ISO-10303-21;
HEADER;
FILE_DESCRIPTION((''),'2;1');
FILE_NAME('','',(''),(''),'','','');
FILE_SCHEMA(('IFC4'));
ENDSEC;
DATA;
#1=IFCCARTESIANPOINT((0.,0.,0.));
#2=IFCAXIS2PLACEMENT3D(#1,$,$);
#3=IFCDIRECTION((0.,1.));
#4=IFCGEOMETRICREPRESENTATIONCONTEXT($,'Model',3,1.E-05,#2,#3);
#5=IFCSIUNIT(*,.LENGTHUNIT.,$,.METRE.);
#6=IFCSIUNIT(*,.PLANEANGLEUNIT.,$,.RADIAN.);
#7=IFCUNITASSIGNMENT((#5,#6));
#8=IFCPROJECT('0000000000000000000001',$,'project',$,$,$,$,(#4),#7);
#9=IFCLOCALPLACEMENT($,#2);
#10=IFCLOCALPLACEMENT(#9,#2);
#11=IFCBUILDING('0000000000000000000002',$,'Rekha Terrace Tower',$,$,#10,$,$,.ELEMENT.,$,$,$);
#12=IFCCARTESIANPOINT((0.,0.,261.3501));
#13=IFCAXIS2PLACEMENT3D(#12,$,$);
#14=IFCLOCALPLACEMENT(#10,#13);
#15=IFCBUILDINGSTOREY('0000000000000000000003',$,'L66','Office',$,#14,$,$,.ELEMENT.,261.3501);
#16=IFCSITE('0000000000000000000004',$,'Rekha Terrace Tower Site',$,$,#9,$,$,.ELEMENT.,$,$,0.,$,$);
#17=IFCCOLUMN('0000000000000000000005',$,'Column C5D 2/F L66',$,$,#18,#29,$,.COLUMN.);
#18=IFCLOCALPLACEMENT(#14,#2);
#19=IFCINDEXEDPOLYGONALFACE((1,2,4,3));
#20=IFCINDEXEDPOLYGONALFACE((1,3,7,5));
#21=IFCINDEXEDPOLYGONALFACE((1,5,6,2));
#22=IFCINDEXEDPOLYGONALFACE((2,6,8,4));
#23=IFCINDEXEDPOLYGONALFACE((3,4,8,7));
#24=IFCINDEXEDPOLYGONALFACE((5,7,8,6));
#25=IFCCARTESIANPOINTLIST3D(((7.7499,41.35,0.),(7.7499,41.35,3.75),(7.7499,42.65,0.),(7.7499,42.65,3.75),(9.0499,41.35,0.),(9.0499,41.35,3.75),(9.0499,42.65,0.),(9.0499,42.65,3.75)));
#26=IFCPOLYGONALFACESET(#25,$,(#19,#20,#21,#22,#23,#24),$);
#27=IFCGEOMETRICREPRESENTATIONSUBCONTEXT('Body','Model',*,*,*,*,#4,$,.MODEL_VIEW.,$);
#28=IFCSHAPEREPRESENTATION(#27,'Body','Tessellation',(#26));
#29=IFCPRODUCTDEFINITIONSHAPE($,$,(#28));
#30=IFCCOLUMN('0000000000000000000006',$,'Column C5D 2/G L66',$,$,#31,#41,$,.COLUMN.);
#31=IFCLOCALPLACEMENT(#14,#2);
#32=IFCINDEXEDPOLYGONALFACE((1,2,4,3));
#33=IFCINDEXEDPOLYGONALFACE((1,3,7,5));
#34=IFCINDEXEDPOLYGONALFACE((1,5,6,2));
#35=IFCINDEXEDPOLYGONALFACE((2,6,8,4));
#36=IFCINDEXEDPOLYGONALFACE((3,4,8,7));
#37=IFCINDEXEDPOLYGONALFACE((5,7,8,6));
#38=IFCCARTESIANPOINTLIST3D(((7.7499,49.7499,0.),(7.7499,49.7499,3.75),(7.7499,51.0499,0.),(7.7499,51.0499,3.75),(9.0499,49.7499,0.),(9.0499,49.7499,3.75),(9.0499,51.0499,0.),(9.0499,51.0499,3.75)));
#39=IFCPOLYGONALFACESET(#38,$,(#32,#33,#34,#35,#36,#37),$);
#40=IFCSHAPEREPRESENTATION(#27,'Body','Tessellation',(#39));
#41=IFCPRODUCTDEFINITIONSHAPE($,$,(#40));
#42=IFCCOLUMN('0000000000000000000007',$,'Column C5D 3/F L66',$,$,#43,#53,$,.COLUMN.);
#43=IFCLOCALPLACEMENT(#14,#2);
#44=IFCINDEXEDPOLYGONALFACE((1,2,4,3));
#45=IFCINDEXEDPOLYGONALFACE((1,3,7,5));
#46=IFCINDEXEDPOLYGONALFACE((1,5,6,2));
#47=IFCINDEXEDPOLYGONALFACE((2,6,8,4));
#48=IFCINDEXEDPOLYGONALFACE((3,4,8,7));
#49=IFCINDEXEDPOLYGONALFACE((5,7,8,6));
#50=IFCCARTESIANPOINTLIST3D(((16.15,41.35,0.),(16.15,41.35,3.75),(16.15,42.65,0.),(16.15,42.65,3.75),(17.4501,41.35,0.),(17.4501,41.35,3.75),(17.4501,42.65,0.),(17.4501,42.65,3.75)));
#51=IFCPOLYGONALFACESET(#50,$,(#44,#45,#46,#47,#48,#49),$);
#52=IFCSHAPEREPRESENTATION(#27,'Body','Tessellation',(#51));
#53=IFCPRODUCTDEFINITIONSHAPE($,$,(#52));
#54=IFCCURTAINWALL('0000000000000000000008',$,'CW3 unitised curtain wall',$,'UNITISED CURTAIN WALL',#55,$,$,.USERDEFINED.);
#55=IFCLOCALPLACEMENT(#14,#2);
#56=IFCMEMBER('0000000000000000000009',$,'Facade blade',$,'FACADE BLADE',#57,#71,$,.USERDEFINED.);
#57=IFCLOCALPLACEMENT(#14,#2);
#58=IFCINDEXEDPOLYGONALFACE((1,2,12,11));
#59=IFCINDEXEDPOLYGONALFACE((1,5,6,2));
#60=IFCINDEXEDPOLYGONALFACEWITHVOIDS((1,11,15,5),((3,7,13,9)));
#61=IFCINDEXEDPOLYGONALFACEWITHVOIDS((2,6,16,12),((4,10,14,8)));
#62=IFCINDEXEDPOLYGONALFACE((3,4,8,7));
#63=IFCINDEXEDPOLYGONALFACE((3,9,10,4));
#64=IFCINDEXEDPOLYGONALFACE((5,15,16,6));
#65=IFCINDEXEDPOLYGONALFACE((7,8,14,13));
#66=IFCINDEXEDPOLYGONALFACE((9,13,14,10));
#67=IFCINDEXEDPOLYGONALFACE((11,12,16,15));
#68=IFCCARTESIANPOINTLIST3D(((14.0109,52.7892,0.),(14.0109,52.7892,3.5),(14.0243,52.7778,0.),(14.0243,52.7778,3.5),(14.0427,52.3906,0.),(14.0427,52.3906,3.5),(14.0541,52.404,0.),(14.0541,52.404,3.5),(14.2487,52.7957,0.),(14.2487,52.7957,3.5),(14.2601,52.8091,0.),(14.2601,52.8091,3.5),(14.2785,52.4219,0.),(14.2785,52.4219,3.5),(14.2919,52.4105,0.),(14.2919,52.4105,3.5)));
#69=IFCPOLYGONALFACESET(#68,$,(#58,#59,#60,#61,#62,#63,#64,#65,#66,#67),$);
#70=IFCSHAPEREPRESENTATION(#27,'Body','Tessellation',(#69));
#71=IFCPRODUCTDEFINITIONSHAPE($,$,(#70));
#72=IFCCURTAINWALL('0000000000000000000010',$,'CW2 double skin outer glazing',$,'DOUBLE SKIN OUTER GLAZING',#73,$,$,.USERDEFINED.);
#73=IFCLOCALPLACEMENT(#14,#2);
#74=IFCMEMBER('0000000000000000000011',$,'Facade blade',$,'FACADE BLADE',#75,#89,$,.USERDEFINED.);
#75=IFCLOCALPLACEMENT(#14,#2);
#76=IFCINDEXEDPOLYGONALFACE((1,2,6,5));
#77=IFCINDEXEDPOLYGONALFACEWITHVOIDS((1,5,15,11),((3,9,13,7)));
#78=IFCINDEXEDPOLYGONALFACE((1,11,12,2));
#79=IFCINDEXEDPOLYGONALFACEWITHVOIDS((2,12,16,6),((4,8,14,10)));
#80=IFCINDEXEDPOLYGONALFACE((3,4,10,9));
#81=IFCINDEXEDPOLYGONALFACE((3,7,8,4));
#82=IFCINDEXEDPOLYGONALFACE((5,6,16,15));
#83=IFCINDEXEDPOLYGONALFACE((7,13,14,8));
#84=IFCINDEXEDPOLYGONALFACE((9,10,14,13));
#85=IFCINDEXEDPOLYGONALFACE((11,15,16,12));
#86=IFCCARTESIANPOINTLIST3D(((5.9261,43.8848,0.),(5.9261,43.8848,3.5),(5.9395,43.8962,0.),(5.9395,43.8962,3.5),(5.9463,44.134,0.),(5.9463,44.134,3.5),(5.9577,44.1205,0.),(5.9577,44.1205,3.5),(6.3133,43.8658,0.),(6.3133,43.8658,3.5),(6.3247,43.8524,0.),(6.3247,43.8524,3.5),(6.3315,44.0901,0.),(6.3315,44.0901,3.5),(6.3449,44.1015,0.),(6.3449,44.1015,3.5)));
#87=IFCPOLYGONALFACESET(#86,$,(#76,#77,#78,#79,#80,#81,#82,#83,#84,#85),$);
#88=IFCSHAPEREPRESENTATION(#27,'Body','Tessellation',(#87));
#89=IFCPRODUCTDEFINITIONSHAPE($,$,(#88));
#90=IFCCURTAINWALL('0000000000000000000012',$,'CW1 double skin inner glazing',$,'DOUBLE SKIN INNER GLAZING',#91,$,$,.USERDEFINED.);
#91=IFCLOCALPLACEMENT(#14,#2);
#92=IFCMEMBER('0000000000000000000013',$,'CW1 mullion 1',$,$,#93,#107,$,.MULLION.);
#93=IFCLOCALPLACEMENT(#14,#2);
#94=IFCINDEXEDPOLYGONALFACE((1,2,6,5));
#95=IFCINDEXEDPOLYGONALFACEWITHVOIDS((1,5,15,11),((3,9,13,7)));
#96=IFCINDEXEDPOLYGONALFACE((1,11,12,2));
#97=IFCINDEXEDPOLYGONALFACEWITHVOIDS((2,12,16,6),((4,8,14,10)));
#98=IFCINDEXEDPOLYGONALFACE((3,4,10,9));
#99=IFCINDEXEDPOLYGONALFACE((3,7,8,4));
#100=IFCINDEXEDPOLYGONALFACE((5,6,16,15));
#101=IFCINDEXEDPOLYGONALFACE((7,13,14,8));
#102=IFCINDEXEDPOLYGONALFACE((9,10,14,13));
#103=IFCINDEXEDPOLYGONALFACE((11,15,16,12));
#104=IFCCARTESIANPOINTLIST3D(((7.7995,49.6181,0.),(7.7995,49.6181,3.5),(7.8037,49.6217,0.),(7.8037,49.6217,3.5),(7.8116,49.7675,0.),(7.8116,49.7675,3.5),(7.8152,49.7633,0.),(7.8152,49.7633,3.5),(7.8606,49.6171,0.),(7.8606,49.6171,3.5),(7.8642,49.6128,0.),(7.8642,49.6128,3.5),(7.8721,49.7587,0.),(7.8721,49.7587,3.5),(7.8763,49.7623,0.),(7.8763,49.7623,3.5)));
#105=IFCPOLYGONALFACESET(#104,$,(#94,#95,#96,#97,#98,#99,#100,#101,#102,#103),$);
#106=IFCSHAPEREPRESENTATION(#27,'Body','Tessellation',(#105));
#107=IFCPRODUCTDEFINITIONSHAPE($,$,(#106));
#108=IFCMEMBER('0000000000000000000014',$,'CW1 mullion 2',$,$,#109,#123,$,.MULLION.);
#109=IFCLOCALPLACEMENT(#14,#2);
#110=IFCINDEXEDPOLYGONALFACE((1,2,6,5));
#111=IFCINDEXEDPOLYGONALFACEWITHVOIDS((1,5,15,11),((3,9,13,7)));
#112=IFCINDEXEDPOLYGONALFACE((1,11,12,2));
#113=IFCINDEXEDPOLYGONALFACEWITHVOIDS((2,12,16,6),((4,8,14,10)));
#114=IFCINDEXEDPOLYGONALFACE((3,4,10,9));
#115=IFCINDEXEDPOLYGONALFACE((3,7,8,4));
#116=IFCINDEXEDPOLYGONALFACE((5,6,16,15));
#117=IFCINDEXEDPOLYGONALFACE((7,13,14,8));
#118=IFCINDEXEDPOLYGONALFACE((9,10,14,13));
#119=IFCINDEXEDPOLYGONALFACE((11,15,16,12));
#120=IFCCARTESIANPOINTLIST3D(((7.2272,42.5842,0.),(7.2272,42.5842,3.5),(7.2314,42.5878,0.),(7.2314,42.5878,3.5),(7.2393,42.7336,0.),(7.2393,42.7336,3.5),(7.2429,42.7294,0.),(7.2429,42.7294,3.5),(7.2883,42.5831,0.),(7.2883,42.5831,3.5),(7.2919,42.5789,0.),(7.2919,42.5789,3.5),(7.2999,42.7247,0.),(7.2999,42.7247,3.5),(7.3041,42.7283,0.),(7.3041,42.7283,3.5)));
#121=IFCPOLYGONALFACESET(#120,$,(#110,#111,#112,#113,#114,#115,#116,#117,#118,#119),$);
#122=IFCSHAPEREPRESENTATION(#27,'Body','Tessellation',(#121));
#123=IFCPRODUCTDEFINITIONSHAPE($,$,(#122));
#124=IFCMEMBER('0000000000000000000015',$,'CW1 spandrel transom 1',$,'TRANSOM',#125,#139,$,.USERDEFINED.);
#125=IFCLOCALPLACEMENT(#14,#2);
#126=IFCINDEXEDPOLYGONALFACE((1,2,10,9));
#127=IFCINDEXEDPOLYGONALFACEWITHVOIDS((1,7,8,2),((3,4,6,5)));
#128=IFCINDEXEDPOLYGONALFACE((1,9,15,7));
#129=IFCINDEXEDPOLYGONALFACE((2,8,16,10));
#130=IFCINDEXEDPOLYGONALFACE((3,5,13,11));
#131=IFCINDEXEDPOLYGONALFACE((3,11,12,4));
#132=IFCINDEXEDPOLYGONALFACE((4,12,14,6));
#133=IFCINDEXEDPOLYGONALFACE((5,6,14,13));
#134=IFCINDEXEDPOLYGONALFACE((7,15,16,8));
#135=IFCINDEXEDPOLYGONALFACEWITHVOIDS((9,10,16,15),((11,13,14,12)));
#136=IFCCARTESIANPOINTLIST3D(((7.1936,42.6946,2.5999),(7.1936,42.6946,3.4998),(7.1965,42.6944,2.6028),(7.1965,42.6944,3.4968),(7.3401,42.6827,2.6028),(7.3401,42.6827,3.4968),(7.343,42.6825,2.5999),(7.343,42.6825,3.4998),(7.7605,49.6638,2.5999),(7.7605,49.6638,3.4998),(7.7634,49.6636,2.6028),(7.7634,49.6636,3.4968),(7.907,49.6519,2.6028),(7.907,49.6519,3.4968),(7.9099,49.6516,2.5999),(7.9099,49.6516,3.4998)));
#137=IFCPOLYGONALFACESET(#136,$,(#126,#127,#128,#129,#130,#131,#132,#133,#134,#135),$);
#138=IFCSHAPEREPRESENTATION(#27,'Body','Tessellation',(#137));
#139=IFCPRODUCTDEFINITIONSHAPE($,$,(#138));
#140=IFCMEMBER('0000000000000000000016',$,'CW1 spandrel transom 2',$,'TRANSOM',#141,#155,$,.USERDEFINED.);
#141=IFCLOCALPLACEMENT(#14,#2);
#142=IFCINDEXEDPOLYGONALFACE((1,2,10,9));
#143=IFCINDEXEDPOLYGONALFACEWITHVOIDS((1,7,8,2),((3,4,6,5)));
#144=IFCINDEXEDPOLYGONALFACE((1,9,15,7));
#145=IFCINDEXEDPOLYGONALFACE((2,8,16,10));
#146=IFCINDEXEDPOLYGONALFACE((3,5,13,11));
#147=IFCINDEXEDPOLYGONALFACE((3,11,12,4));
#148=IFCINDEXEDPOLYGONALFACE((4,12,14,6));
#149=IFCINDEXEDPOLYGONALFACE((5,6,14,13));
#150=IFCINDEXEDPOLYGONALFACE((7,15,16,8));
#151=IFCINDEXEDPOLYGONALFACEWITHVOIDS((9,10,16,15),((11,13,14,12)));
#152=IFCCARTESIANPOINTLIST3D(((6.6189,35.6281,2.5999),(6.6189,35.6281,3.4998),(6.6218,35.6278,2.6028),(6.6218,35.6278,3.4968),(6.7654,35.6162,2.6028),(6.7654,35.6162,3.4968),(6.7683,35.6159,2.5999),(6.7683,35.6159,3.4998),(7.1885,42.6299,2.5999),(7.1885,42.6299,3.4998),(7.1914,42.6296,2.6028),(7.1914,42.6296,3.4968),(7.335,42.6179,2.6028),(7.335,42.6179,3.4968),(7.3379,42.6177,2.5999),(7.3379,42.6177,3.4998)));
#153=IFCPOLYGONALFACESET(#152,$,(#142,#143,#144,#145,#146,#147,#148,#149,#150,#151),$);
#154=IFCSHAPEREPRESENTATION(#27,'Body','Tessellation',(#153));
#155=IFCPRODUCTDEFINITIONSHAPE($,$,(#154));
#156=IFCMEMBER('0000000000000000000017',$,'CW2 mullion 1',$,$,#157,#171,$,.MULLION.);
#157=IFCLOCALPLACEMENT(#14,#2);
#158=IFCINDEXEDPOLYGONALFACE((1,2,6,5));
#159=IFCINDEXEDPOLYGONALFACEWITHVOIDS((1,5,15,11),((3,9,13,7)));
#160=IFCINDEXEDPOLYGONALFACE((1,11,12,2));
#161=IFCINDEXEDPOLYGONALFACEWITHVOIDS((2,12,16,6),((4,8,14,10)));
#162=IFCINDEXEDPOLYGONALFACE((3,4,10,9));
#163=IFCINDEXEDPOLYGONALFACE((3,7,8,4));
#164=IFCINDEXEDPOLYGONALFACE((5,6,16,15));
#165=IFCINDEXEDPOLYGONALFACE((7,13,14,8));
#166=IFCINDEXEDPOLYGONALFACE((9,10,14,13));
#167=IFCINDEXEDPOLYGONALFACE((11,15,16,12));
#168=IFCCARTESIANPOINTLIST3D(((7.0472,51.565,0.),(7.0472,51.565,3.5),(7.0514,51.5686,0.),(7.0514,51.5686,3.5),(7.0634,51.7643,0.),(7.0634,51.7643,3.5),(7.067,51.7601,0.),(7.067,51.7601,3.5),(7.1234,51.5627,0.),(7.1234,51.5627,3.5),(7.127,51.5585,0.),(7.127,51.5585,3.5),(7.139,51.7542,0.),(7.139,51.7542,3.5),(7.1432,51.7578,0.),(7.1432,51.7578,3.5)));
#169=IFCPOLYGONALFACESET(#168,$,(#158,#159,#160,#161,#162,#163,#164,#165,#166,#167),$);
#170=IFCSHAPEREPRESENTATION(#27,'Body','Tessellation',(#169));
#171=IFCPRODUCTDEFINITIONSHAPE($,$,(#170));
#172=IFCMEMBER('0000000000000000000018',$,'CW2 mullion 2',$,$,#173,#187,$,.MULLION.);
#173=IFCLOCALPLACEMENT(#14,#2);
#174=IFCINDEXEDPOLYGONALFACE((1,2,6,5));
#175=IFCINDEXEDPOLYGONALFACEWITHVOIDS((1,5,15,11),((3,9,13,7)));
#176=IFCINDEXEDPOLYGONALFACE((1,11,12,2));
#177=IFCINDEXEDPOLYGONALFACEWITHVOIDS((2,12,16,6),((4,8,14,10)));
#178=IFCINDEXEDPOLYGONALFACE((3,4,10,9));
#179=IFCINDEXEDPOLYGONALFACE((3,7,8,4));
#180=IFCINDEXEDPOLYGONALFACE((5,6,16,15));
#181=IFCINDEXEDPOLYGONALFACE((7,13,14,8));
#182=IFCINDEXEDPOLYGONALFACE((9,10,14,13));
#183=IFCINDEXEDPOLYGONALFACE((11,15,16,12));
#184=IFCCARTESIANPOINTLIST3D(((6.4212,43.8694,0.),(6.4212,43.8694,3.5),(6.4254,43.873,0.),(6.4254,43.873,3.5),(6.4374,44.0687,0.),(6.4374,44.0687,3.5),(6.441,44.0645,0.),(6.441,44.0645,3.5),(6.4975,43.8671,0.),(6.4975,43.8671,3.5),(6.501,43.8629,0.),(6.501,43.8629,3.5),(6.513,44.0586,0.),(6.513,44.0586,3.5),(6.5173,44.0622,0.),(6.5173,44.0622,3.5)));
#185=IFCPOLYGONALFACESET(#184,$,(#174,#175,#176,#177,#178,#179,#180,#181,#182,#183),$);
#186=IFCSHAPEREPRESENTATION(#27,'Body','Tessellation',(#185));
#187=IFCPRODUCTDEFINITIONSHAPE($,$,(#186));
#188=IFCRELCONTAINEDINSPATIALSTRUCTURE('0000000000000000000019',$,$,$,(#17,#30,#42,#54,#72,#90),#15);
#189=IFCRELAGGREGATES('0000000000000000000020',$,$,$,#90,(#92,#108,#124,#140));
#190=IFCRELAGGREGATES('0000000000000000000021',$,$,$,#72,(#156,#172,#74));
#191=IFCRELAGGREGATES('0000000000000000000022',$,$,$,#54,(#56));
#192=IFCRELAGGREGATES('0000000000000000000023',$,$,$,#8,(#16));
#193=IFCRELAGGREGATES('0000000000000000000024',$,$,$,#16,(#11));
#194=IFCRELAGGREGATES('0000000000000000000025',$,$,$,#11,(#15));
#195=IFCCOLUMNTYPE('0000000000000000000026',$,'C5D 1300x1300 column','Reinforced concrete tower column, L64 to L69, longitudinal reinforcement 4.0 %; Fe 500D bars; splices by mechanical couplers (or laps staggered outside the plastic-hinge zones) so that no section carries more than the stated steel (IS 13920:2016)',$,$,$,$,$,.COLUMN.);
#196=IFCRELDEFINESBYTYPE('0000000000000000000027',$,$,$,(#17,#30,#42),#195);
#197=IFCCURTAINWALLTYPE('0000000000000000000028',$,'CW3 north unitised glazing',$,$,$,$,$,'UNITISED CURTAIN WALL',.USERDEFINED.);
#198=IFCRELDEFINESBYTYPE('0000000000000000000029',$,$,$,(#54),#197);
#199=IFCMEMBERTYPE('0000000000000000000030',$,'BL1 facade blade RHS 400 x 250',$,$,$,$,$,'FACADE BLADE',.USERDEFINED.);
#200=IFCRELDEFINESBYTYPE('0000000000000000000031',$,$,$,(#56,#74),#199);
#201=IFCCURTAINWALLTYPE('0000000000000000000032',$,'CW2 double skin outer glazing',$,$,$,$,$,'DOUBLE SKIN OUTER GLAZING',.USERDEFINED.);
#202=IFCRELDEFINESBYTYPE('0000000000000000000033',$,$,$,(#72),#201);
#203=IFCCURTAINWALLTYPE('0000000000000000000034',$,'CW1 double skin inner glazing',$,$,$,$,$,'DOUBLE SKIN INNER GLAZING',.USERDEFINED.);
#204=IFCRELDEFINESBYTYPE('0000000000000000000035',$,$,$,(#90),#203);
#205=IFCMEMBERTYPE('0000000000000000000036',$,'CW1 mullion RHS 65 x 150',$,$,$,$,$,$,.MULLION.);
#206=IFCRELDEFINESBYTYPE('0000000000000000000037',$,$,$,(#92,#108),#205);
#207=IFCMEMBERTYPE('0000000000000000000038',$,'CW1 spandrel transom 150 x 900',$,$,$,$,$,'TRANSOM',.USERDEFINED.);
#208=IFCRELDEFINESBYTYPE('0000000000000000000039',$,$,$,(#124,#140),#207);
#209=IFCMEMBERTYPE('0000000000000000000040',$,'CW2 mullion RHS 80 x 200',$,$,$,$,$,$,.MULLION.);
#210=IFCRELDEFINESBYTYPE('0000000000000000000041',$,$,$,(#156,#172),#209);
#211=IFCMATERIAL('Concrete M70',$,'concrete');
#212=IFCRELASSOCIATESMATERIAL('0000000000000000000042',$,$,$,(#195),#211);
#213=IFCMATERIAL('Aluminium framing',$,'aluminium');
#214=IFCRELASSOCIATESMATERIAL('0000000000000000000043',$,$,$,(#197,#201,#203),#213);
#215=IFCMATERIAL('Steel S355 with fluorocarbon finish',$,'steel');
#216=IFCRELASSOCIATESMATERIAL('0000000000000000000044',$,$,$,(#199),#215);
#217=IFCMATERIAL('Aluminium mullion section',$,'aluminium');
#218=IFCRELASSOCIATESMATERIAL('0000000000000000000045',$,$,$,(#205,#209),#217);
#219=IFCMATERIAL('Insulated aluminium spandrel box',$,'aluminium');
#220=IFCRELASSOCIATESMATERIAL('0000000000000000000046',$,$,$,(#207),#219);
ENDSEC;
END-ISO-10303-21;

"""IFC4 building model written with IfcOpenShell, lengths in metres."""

from ifc_helpers import new_model, si_unit, direction, frame, origin, origin_2d, place, context, subcontext, project, spatial, rectangle, hollow_rectangle, extrude, material, material_profile, profile_set, type_object, element, aggregate, save


model = new_model("IFC4")

# Units and contexts
model_context = context("Model", 3, precision=1e-05, world=origin(), true_north=direction((0.0, 1.0)))
body_context = subcontext(model_context, "Body", "Model", "MODEL_VIEW")
ifc_project = project(units=[si_unit("LENGTHUNIT", "METRE"), si_unit("PLANEANGLEUNIT", "RADIAN")], contexts=[model_context])

# Site, building, storey
site_placement = place(None, origin())
site = spatial("IfcSite", under=ifc_project, at=site_placement, Name="Rekha Terrace Tower Site", CompositionType="ELEMENT", RefElevation=0.0)
building_placement = place(site_placement, origin())
building = spatial("IfcBuilding", under=site, at=building_placement, Name="Rekha Terrace Tower", CompositionType="ELEMENT")
storey_placement = place(building_placement, frame((0.0, 0.0, 261.3501)))
storey = spatial("IfcBuildingStorey", under=building, at=storey_placement, Name="L66", Description="Office", CompositionType="ELEMENT", Elevation=261.3501)

# Columns
ifc_material_1 = material(Name="Concrete M70", Category="concrete")
ifc_material_profile_1 = material_profile(ifc_material_1, rectangle(XDim=1.3, YDim=1.3, at=origin_2d()), Name="RC 1300x1300")
ifc_profile_set_1 = profile_set([ifc_material_profile_1], Name="Concrete M70")
column_type = type_object("IfcColumnType", Name="C5D 1300x1300 column", Description="Reinforced concrete tower column, L64 to L69, longitudinal reinforcement 4.0 %; Fe 500D bars; splices by mechanical couplers (or laps staggered outside the plastic-hinge zones) so that no section carries more than the stated steel (IS 13920:2016)", PredefinedType="COLUMN", material=ifc_profile_set_1)
for number, where, z_axis, x_axis, name in (
    (1, (8.3999, 42.0, 0.0), (0.0, 0.0, 1.0), (1.0, 0.0, 0.0), "Column C5D 2/F L66"),
    (2, (8.3999, 50.3999, 0.0), (0.0, 0.0, 1.0), (1.0, 0.0, 0.0), "Column C5D 2/G L66"),
    (3, (16.8, 42.0, 0.0), (0.0, 0.0, 1.0), (1.0, 0.0, 0.0), "Column C5D 3/F L66"),
):
    element("IfcColumn", number, at=place(storey_placement, frame(where, z_axis=z_axis, x_axis=x_axis)), inside=storey, type_object=column_type, Name=name, PredefinedType="COLUMN", context=body_context, shape_type="SweptSolid", body=[
        extrude(rectangle(XDim=1.3, YDim=1.3, at=origin_2d()), origin(), (0.0, 0.0, 1.0), 3.75),
    ])

# Curtain walls, members
ifc_material_2 = material(Name="Aluminium framing", Category="aluminium")
curtain_wall_type_1 = type_object("IfcCurtainWallType", Name="CW3 north unitised glazing", ElementType="UNITISED CURTAIN WALL", PredefinedType="USERDEFINED", material=ifc_material_2)
curtain_wall_1_placement = place(storey_placement, origin())
curtain_wall_1 = element("IfcCurtainWall", 4, at=curtain_wall_1_placement, inside=storey, type_object=curtain_wall_type_1, Name="CW3 unitised curtain wall", ObjectType="UNITISED CURTAIN WALL", PredefinedType="USERDEFINED")
ifc_material_3 = material(Name="Steel S355 with fluorocarbon finish", Category="steel")
ifc_material_profile_2 = material_profile(ifc_material_3, hollow_rectangle(XDim=0.25, YDim=0.3999, WallThickness=0.0125, at=origin_2d()), Name="RHS400x250x12.5")
ifc_profile_set_2 = profile_set([ifc_material_profile_2], Name="Steel S355 with fluorocarbon finish")
member_type_1 = type_object("IfcMemberType", Name="BL1 facade blade RHS 400 x 250", ElementType="FACADE BLADE", PredefinedType="USERDEFINED", material=ifc_profile_set_2)
member_1_placement = place(storey_placement, frame((14.1514, 52.5999, 0.0), z_axis=(0.0, 0.0, 1.0), x_axis=(-0.996836, -0.079486, 0.0)))
member_1 = element("IfcMember", 5, at=member_1_placement, type_object=member_type_1, Name="Facade blade", ObjectType="FACADE BLADE", PredefinedType="USERDEFINED", context=body_context, shape_type="SweptSolid", body=[
    extrude(hollow_rectangle(XDim=0.25, YDim=0.3999, WallThickness=0.0125, at=origin_2d()), origin(), (0.0, 0.0, 1.0), 3.5),
])
curtain_wall_type_2 = type_object("IfcCurtainWallType", Name="CW2 double skin outer glazing", ElementType="DOUBLE SKIN OUTER GLAZING", PredefinedType="USERDEFINED", material=ifc_material_2)
curtain_wall_2_placement = place(storey_placement, origin())
curtain_wall_2 = element("IfcCurtainWall", 6, at=curtain_wall_2_placement, inside=storey, type_object=curtain_wall_type_2, Name="CW2 double skin outer glazing", ObjectType="DOUBLE SKIN OUTER GLAZING", PredefinedType="USERDEFINED")
member_2_placement = place(storey_placement, frame((6.1355, 43.9932, 0.0), z_axis=(0.0, 0.0, 1.0), x_axis=(-0.081069, -0.996709, 0.0)))
member_2 = element("IfcMember", 7, at=member_2_placement, type_object=member_type_1, Name="Facade blade", ObjectType="FACADE BLADE", PredefinedType="USERDEFINED", context=body_context, shape_type="SweptSolid", body=[
    extrude(hollow_rectangle(XDim=0.25, YDim=0.3999, WallThickness=0.0125, at=origin_2d()), origin(), (0.0, 0.0, 1.0), 3.5),
])

# Curtain wall, members
curtain_wall_type_3 = type_object("IfcCurtainWallType", Name="CW1 double skin inner glazing", ElementType="DOUBLE SKIN INNER GLAZING", PredefinedType="USERDEFINED", material=ifc_material_2)
curtain_wall_3_placement = place(storey_placement, origin())
curtain_wall_3 = element("IfcCurtainWall", 8, at=curtain_wall_3_placement, inside=storey, type_object=curtain_wall_type_3, Name="CW1 double skin inner glazing", ObjectType="DOUBLE SKIN INNER GLAZING", PredefinedType="USERDEFINED")
ifc_material_4 = material(Name="Aluminium mullion section", Category="aluminium")
ifc_material_profile_3 = material_profile(ifc_material_4, hollow_rectangle(XDim=0.0649, YDim=0.1499, WallThickness=0.0039, at=origin_2d()), Name="AL RHS 65x150")
ifc_profile_set_3 = profile_set([ifc_material_profile_3], Name="Aluminium mullion section")
member_type_2 = type_object("IfcMemberType", Name="CW1 mullion RHS 65 x 150", PredefinedType="MULLION", material=ifc_profile_set_3)
member_3_placement = place(storey_placement, frame((7.8379, 49.6902, 0.0), z_axis=(0.0, 0.0, 1.0), x_axis=(0.996709, -0.081068, 0.0)))
member_3 = element("IfcMember", 9, at=member_3_placement, type_object=member_type_2, Name="CW1 mullion 1", PredefinedType="MULLION", context=body_context, shape_type="SweptSolid", body=[
    extrude(hollow_rectangle(XDim=0.0649, YDim=0.1499, WallThickness=0.0039, at=origin_2d()), origin(), (0.0, 0.0, 1.0), 3.5),
])
member_4_placement = place(storey_placement, frame((7.2656, 42.6562, 0.0), z_axis=(0.0, 0.0, 1.0), x_axis=(0.996709, -0.081068, 0.0)))
member_4 = element("IfcMember", 10, at=member_4_placement, type_object=member_type_2, Name="CW1 mullion 2", PredefinedType="MULLION", context=body_context, shape_type="SweptSolid", body=[
    extrude(hollow_rectangle(XDim=0.0649, YDim=0.1499, WallThickness=0.0039, at=origin_2d()), origin(), (0.0, 0.0, 1.0), 3.5),
])
ifc_material_5 = material(Name="Insulated aluminium spandrel box", Category="aluminium")
ifc_material_profile_4 = material_profile(ifc_material_5, hollow_rectangle(XDim=0.1499, YDim=0.8999, WallThickness=0.0029, at=origin_2d()), Name="AL SPANDREL BOX 150x900")
ifc_profile_set_4 = profile_set([ifc_material_profile_4], Name="Insulated aluminium spandrel box")
member_type_3 = type_object("IfcMemberType", Name="CW1 spandrel transom 150 x 900", ElementType="TRANSOM", PredefinedType="USERDEFINED", material=ifc_profile_set_4)
member_5_placement = place(storey_placement, frame((7.8352, 49.6577, 3.0498), z_axis=(-0.081075, -0.996708, 0.0), x_axis=(0.996708, -0.081075, 0.0)))
member_5 = element("IfcMember", 11, at=member_5_placement, type_object=member_type_3, Name="CW1 spandrel transom 1", ObjectType="TRANSOM", PredefinedType="USERDEFINED", context=body_context, shape_type="SweptSolid", body=[
    extrude(hollow_rectangle(XDim=0.1499, YDim=0.8999, WallThickness=0.0029, at=origin_2d()), origin(), (0.0, 0.0, 1.0), 6.9922),
])
member_6_placement = place(storey_placement, frame((7.2632, 42.6238, 3.0498), z_axis=(-0.081081, -0.996708, 0.0), x_axis=(0.996708, -0.081081, 0.0)))
member_6 = element("IfcMember", 12, at=member_6_placement, type_object=member_type_3, Name="CW1 spandrel transom 2", ObjectType="TRANSOM", PredefinedType="USERDEFINED", context=body_context, shape_type="SweptSolid", body=[
    extrude(hollow_rectangle(XDim=0.1499, YDim=0.8999, WallThickness=0.0029, at=origin_2d()), origin(), (0.0, 0.0, 1.0), 7.0249),
])

# Members
ifc_material_profile_5 = material_profile(ifc_material_4, hollow_rectangle(XDim=0.0801, YDim=0.2, WallThickness=0.0039, at=origin_2d()), Name="AL RHS 80x200")
ifc_profile_set_5 = profile_set([ifc_material_profile_5], Name="Aluminium mullion section")
member_type_4 = type_object("IfcMemberType", Name="CW2 mullion RHS 80 x 200", PredefinedType="MULLION", material=ifc_profile_set_5)
member_7_placement = place(storey_placement, frame((7.0952, 51.6614, 0.0), z_axis=(0.0, 0.0, 1.0), x_axis=(0.996709, -0.081068, 0.0)))
member_7 = element("IfcMember", 13, at=member_7_placement, type_object=member_type_4, Name="CW2 mullion 1", PredefinedType="MULLION", context=body_context, shape_type="SweptSolid", body=[
    extrude(hollow_rectangle(XDim=0.0801, YDim=0.2, WallThickness=0.0039, at=origin_2d()), origin(), (0.0, 0.0, 1.0), 3.5),
])
member_8_placement = place(storey_placement, frame((6.4692, 43.9658, 0.0), z_axis=(0.0, 0.0, 1.0), x_axis=(0.996709, -0.081068, 0.0)))
member_8 = element("IfcMember", 14, at=member_8_placement, type_object=member_type_4, Name="CW2 mullion 2", PredefinedType="MULLION", context=body_context, shape_type="SweptSolid", body=[
    extrude(hollow_rectangle(XDim=0.0801, YDim=0.2, WallThickness=0.0039, at=origin_2d()), origin(), (0.0, 0.0, 1.0), 3.5),
])

aggregate(curtain_wall_3, [member_3, member_4, member_5, member_6])
aggregate(curtain_wall_2, [member_7, member_8, member_2])
aggregate(curtain_wall_1, [member_1])

save(model, "model.ifc")
